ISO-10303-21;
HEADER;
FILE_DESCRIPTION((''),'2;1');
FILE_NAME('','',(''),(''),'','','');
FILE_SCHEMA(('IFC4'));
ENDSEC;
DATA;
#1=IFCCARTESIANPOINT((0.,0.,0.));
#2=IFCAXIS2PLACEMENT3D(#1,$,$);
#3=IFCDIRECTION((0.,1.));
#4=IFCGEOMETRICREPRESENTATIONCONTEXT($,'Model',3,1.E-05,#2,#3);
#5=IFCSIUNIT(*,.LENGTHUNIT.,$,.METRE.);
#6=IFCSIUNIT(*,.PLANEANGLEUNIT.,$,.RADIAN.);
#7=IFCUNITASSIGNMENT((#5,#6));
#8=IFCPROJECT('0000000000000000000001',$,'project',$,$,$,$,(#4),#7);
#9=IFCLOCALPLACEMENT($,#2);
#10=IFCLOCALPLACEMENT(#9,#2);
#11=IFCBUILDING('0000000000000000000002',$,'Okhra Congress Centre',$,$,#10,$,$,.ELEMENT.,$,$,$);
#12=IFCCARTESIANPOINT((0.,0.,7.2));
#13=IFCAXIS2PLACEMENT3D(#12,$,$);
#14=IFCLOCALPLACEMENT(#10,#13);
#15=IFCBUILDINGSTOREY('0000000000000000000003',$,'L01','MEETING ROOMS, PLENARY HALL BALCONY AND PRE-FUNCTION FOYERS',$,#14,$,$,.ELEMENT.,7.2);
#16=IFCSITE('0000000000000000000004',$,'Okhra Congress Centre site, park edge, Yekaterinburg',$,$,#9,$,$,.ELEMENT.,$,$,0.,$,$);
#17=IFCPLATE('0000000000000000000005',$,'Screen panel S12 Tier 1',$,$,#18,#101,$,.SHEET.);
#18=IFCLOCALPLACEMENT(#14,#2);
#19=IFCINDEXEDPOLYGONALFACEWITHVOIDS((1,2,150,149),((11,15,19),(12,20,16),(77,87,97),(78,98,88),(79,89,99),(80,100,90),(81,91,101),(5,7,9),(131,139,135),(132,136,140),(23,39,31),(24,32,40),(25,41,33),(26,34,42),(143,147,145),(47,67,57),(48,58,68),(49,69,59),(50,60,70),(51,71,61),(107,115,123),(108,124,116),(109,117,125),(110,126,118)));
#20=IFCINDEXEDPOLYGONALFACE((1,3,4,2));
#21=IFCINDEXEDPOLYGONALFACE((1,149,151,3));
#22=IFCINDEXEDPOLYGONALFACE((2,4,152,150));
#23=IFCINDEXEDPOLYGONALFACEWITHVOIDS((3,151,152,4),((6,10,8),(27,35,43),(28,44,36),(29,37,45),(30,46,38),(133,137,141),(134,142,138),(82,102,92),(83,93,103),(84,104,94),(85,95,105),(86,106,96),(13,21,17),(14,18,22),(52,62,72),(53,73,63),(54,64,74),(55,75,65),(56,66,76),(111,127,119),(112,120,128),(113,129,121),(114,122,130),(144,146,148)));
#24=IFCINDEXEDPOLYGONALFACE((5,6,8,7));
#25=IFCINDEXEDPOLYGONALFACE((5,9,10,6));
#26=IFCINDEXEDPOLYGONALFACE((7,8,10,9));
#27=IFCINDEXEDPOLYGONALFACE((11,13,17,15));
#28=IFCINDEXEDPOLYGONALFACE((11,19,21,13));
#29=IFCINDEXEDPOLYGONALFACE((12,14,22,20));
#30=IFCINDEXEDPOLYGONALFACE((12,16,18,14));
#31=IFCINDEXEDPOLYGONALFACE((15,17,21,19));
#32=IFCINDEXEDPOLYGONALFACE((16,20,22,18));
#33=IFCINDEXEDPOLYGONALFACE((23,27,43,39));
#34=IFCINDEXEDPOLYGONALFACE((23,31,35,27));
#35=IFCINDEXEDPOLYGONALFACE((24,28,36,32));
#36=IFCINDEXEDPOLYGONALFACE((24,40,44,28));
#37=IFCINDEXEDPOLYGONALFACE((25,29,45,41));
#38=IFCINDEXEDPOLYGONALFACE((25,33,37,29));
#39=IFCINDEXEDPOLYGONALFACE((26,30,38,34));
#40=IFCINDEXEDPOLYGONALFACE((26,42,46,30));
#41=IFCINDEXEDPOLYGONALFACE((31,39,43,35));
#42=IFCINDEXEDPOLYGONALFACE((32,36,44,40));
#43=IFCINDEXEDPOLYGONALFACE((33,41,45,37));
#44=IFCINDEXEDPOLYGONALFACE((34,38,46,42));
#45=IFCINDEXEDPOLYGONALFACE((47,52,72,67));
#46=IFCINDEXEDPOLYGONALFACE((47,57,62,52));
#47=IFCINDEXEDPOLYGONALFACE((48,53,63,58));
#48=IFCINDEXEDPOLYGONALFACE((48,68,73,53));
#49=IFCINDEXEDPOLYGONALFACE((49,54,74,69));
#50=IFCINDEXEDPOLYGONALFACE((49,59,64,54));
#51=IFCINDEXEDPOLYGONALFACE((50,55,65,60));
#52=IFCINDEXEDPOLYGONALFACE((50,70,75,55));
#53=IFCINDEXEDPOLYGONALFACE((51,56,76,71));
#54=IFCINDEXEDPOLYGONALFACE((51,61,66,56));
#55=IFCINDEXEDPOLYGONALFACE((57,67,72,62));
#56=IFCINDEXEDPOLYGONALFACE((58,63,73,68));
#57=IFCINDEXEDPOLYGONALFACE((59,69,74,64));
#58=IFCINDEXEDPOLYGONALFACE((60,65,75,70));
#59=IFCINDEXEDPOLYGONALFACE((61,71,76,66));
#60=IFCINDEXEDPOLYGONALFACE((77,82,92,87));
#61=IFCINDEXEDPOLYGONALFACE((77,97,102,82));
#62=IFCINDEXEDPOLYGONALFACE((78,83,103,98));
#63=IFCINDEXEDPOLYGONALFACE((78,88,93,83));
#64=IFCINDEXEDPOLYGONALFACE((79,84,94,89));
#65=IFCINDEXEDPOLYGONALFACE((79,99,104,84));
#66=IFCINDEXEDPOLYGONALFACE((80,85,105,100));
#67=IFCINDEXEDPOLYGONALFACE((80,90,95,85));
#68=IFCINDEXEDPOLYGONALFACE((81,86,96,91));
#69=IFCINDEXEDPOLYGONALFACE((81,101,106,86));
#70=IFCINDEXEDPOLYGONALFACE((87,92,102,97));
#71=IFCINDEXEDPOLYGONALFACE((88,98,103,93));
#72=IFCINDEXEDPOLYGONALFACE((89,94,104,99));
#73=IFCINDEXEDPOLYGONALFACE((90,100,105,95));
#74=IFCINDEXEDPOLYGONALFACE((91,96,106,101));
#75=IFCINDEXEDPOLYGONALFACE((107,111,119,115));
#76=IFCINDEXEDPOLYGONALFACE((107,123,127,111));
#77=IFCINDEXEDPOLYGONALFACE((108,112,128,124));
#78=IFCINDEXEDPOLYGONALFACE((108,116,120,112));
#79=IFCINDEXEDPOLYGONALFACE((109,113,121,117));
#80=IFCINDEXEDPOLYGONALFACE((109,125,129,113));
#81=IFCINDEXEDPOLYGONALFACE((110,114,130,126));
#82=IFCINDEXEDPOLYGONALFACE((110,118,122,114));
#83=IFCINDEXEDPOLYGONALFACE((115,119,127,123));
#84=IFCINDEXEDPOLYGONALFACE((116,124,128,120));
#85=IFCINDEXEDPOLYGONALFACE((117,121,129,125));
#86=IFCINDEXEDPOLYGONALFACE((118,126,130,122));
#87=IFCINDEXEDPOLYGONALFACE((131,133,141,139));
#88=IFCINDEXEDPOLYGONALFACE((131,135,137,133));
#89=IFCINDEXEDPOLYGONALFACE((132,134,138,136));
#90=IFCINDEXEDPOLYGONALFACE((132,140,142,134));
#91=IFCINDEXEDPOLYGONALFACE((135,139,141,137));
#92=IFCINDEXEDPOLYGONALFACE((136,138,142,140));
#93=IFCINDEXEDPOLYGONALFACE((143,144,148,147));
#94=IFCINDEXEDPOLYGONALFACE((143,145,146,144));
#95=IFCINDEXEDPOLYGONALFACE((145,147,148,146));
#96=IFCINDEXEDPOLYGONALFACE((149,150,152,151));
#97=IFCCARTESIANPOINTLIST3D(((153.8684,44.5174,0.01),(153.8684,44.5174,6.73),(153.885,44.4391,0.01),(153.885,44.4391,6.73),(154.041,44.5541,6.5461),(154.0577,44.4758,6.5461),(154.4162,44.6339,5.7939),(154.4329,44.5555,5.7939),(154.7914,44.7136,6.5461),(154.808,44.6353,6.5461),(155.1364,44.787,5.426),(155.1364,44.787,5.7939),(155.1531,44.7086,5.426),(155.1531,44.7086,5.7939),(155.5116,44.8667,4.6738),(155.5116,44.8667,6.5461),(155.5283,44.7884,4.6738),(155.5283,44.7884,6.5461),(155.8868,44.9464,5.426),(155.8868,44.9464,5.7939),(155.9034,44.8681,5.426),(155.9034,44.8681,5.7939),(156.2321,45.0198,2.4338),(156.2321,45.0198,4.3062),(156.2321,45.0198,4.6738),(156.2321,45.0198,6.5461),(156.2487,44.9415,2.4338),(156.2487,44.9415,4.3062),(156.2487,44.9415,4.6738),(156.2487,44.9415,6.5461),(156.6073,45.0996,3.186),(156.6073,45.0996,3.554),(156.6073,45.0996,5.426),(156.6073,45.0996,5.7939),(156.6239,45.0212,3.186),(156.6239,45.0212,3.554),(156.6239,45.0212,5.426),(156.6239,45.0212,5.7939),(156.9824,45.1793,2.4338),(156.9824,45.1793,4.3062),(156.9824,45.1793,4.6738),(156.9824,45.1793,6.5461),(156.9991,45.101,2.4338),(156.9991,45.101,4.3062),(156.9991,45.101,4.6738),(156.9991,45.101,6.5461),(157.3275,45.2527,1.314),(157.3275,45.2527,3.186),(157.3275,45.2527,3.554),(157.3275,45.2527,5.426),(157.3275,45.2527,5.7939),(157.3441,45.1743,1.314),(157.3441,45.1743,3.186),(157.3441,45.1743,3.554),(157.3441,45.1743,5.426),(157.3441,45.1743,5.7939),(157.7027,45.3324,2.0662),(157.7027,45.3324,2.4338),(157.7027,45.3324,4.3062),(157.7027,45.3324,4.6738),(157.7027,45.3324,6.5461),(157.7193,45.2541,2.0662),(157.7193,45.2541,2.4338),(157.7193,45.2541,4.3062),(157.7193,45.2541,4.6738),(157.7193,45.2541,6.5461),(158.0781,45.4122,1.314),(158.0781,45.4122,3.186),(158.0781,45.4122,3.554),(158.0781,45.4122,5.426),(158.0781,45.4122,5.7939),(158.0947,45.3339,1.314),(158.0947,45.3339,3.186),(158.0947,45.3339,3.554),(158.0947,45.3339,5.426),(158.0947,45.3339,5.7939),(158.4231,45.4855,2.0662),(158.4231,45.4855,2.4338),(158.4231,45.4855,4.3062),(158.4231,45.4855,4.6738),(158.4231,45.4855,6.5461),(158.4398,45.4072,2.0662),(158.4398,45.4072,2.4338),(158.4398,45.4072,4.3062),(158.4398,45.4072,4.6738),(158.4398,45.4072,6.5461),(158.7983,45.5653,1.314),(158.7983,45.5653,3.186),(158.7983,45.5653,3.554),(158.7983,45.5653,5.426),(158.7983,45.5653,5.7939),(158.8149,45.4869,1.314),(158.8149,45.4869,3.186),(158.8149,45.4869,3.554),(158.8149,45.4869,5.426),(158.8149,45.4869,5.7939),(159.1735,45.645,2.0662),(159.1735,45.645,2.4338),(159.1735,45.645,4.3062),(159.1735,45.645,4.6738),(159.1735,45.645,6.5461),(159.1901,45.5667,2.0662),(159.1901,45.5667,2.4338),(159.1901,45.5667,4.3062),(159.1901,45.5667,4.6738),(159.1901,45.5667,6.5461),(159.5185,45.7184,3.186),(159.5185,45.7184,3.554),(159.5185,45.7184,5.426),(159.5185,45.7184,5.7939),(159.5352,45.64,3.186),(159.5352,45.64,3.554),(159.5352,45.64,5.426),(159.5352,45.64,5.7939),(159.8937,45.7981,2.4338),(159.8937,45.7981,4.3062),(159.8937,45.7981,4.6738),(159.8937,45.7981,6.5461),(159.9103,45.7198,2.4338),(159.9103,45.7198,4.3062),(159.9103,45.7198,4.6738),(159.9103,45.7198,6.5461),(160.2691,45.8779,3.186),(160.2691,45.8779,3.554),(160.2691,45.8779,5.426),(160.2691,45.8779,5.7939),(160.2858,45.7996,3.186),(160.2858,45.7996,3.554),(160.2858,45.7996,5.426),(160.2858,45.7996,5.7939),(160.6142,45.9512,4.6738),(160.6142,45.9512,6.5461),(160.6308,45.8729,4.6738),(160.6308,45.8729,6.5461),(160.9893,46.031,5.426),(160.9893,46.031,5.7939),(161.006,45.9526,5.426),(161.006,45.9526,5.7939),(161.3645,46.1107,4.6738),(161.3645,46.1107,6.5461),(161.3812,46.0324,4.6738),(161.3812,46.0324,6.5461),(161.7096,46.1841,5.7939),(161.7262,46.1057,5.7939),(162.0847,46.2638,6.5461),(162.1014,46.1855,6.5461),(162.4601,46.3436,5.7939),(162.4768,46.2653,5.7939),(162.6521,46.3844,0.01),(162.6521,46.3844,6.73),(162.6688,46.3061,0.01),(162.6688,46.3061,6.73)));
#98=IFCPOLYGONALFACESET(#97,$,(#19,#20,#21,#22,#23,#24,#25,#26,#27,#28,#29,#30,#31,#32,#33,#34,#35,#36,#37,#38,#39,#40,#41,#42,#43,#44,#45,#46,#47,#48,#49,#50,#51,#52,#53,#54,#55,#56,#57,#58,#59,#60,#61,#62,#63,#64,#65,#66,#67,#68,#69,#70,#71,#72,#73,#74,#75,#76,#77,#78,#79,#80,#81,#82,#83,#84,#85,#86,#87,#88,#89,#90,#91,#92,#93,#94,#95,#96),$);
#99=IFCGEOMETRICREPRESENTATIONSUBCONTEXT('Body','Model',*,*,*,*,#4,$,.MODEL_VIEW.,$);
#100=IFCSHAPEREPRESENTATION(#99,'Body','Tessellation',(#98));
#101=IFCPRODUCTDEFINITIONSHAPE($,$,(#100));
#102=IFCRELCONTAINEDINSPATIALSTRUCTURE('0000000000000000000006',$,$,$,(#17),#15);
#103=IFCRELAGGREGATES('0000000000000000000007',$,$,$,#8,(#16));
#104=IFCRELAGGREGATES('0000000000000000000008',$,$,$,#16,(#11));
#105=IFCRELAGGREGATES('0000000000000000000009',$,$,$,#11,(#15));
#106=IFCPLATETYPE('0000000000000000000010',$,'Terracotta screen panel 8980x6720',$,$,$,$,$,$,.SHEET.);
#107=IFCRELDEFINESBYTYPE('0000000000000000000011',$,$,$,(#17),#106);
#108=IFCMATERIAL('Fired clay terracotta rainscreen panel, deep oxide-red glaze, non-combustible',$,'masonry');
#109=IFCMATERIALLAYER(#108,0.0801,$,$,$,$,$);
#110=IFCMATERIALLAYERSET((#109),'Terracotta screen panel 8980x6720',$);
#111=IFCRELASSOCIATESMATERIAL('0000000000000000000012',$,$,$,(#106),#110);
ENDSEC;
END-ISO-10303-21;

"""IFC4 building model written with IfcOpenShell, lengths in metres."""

from ifc_helpers import new_model, si_unit, direction, frame, origin, place, context, subcontext, project, spatial, polyline, outline, extrude, material, layer, layer_set, type_object, element, save


model = new_model("IFC4")

# Units and contexts
model_context = context("Model", 3, precision=1e-05, world=origin(), true_north=direction((0.0, 1.0)))
body_context = subcontext(model_context, "Body", "Model", "MODEL_VIEW")
ifc_project = project(units=[si_unit("LENGTHUNIT", "METRE"), si_unit("PLANEANGLEUNIT", "RADIAN")], contexts=[model_context])

# Site, building, storey
site_placement = place(None, origin())
site = spatial("IfcSite", under=ifc_project, at=site_placement, Name="Okhra Congress Centre site, park edge, Yekaterinburg", CompositionType="ELEMENT", RefElevation=0.0)
building_placement = place(site_placement, origin())
building = spatial("IfcBuilding", under=site, at=building_placement, Name="Okhra Congress Centre", CompositionType="ELEMENT")
storey_placement = place(building_placement, frame((0.0, 0.0, 7.2)))
storey = spatial("IfcBuildingStorey", under=building, at=storey_placement, Name="L01", Description="MEETING ROOMS, PLENARY HALL BALCONY AND PRE-FUNCTION FOYERS", CompositionType="ELEMENT", Elevation=7.2)

# Plate
ifc_material_1 = material(Name="Fired clay terracotta rainscreen panel, deep oxide-red glaze, non-combustible", Category="masonry")
ifc_layer_1 = layer(ifc_material_1, 0.0801)
ifc_layer_set_1 = layer_set([ifc_layer_1], Name="Terracotta screen panel 8980x6720")
plate_type = type_object("IfcPlateType", Name="Terracotta screen panel 8980x6720", PredefinedType="SHEET", material=ifc_layer_set_1)
plate_1_placement = place(storey_placement, frame((153.8767, 44.4783, 0.01), z_axis=(0.0, 0.0, 1.0), x_axis=(0.97815, 0.207902, 0.0)))
element("IfcPlate", 1, at=plate_1_placement, inside=storey, type_object=plate_type, Name="Screen panel S12 Tier 1", PredefinedType="SHEET", context=body_context, shape_type="SweptSolid", body=[
    extrude(outline(polyline([(0.0, 0.0), (8.98, 0.0), (8.98, 6.72), (0.0, 6.72), (0.0, 0.0)]), holes=[polyline([(3.5364, 1.304), (4.3037, 1.304), (3.9199, 2.0562), (3.5364, 1.304)]), polyline([(4.6565, 2.0562), (5.04, 1.304), (5.4236, 2.0562), (4.6565, 2.0562)]), polyline([(2.4165, 2.4238), (3.1836, 2.4238), (2.8, 3.176), (2.4165, 2.4238)]), polyline([(3.5364, 3.176), (3.9199, 2.4238), (4.3037, 3.176), (3.5364, 3.176)]), polyline([(4.6565, 2.4238), (5.4236, 2.4238), (5.04, 3.176), (4.6565, 2.4238)]), polyline([(5.7764, 3.176), (6.1599, 2.4238), (6.5437, 3.176), (5.7764, 3.176)]), polyline([(2.4165, 4.2961), (2.8, 3.5439), (3.1836, 4.2961), (2.4165, 4.2961)]), polyline([(3.5364, 3.5439), (4.3037, 3.5439), (3.9199, 4.2961), (3.5364, 3.5439)]), polyline([(4.6565, 4.2961), (5.04, 3.5439), (5.4236, 4.2961), (4.6565, 4.2961)]), polyline([(5.7764, 3.5439), (6.5437, 3.5439), (6.1599, 4.2961), (5.7764, 3.5439)]), polyline([(1.2964, 5.416), (1.6799, 4.6638), (2.0635, 5.416), (1.2964, 5.416)]), polyline([(2.4165, 4.6638), (3.1836, 4.6638), (2.8, 5.416), (2.4165, 4.6638)]), polyline([(3.5364, 5.416), (3.9199, 4.6638), (4.3037, 5.416), (3.5364, 5.416)]), polyline([(4.6565, 4.6638), (5.4236, 4.6638), (5.04, 5.416), (4.6565, 4.6638)]), polyline([(5.7764, 5.416), (6.1599, 4.6638), (6.5437, 5.416), (5.7764, 5.416)]), polyline([(6.8965, 4.6638), (7.6636, 4.6638), (7.28, 5.416), (6.8965, 4.6638)]), polyline([(0.1765, 6.5361), (0.5601, 5.7839), (0.9436, 6.5361), (0.1765, 6.5361)]), polyline([(1.2964, 5.7839), (2.0635, 5.7839), (1.6799, 6.5361), (1.2964, 5.7839)]), polyline([(2.4165, 6.5361), (2.8, 5.7839), (3.1836, 6.5361), (2.4165, 6.5361)]), polyline([(3.5364, 5.7839), (4.3037, 5.7839), (3.9199, 6.5361), (3.5364, 5.7839)]), polyline([(4.6565, 6.5361), (5.04, 5.7839), (5.4236, 6.5361), (4.6565, 6.5361)]), polyline([(5.7764, 5.7839), (6.5437, 5.7839), (6.1599, 6.5361), (5.7764, 5.7839)]), polyline([(6.8965, 6.5361), (7.28, 5.7839), (7.6636, 6.5361), (6.8965, 6.5361)]), polyline([(8.0164, 5.7839), (8.7837, 5.7839), (8.3999, 6.5361), (8.0164, 5.7839)])]), frame((0.0, 0.04, 0.0), z_axis=(0.0, -1.0, 0.0), x_axis=(1.0, 0.0, 0.0)), (0.0, 0.0, 1.0), 0.0801),
])

save(model, "model.ifc")
